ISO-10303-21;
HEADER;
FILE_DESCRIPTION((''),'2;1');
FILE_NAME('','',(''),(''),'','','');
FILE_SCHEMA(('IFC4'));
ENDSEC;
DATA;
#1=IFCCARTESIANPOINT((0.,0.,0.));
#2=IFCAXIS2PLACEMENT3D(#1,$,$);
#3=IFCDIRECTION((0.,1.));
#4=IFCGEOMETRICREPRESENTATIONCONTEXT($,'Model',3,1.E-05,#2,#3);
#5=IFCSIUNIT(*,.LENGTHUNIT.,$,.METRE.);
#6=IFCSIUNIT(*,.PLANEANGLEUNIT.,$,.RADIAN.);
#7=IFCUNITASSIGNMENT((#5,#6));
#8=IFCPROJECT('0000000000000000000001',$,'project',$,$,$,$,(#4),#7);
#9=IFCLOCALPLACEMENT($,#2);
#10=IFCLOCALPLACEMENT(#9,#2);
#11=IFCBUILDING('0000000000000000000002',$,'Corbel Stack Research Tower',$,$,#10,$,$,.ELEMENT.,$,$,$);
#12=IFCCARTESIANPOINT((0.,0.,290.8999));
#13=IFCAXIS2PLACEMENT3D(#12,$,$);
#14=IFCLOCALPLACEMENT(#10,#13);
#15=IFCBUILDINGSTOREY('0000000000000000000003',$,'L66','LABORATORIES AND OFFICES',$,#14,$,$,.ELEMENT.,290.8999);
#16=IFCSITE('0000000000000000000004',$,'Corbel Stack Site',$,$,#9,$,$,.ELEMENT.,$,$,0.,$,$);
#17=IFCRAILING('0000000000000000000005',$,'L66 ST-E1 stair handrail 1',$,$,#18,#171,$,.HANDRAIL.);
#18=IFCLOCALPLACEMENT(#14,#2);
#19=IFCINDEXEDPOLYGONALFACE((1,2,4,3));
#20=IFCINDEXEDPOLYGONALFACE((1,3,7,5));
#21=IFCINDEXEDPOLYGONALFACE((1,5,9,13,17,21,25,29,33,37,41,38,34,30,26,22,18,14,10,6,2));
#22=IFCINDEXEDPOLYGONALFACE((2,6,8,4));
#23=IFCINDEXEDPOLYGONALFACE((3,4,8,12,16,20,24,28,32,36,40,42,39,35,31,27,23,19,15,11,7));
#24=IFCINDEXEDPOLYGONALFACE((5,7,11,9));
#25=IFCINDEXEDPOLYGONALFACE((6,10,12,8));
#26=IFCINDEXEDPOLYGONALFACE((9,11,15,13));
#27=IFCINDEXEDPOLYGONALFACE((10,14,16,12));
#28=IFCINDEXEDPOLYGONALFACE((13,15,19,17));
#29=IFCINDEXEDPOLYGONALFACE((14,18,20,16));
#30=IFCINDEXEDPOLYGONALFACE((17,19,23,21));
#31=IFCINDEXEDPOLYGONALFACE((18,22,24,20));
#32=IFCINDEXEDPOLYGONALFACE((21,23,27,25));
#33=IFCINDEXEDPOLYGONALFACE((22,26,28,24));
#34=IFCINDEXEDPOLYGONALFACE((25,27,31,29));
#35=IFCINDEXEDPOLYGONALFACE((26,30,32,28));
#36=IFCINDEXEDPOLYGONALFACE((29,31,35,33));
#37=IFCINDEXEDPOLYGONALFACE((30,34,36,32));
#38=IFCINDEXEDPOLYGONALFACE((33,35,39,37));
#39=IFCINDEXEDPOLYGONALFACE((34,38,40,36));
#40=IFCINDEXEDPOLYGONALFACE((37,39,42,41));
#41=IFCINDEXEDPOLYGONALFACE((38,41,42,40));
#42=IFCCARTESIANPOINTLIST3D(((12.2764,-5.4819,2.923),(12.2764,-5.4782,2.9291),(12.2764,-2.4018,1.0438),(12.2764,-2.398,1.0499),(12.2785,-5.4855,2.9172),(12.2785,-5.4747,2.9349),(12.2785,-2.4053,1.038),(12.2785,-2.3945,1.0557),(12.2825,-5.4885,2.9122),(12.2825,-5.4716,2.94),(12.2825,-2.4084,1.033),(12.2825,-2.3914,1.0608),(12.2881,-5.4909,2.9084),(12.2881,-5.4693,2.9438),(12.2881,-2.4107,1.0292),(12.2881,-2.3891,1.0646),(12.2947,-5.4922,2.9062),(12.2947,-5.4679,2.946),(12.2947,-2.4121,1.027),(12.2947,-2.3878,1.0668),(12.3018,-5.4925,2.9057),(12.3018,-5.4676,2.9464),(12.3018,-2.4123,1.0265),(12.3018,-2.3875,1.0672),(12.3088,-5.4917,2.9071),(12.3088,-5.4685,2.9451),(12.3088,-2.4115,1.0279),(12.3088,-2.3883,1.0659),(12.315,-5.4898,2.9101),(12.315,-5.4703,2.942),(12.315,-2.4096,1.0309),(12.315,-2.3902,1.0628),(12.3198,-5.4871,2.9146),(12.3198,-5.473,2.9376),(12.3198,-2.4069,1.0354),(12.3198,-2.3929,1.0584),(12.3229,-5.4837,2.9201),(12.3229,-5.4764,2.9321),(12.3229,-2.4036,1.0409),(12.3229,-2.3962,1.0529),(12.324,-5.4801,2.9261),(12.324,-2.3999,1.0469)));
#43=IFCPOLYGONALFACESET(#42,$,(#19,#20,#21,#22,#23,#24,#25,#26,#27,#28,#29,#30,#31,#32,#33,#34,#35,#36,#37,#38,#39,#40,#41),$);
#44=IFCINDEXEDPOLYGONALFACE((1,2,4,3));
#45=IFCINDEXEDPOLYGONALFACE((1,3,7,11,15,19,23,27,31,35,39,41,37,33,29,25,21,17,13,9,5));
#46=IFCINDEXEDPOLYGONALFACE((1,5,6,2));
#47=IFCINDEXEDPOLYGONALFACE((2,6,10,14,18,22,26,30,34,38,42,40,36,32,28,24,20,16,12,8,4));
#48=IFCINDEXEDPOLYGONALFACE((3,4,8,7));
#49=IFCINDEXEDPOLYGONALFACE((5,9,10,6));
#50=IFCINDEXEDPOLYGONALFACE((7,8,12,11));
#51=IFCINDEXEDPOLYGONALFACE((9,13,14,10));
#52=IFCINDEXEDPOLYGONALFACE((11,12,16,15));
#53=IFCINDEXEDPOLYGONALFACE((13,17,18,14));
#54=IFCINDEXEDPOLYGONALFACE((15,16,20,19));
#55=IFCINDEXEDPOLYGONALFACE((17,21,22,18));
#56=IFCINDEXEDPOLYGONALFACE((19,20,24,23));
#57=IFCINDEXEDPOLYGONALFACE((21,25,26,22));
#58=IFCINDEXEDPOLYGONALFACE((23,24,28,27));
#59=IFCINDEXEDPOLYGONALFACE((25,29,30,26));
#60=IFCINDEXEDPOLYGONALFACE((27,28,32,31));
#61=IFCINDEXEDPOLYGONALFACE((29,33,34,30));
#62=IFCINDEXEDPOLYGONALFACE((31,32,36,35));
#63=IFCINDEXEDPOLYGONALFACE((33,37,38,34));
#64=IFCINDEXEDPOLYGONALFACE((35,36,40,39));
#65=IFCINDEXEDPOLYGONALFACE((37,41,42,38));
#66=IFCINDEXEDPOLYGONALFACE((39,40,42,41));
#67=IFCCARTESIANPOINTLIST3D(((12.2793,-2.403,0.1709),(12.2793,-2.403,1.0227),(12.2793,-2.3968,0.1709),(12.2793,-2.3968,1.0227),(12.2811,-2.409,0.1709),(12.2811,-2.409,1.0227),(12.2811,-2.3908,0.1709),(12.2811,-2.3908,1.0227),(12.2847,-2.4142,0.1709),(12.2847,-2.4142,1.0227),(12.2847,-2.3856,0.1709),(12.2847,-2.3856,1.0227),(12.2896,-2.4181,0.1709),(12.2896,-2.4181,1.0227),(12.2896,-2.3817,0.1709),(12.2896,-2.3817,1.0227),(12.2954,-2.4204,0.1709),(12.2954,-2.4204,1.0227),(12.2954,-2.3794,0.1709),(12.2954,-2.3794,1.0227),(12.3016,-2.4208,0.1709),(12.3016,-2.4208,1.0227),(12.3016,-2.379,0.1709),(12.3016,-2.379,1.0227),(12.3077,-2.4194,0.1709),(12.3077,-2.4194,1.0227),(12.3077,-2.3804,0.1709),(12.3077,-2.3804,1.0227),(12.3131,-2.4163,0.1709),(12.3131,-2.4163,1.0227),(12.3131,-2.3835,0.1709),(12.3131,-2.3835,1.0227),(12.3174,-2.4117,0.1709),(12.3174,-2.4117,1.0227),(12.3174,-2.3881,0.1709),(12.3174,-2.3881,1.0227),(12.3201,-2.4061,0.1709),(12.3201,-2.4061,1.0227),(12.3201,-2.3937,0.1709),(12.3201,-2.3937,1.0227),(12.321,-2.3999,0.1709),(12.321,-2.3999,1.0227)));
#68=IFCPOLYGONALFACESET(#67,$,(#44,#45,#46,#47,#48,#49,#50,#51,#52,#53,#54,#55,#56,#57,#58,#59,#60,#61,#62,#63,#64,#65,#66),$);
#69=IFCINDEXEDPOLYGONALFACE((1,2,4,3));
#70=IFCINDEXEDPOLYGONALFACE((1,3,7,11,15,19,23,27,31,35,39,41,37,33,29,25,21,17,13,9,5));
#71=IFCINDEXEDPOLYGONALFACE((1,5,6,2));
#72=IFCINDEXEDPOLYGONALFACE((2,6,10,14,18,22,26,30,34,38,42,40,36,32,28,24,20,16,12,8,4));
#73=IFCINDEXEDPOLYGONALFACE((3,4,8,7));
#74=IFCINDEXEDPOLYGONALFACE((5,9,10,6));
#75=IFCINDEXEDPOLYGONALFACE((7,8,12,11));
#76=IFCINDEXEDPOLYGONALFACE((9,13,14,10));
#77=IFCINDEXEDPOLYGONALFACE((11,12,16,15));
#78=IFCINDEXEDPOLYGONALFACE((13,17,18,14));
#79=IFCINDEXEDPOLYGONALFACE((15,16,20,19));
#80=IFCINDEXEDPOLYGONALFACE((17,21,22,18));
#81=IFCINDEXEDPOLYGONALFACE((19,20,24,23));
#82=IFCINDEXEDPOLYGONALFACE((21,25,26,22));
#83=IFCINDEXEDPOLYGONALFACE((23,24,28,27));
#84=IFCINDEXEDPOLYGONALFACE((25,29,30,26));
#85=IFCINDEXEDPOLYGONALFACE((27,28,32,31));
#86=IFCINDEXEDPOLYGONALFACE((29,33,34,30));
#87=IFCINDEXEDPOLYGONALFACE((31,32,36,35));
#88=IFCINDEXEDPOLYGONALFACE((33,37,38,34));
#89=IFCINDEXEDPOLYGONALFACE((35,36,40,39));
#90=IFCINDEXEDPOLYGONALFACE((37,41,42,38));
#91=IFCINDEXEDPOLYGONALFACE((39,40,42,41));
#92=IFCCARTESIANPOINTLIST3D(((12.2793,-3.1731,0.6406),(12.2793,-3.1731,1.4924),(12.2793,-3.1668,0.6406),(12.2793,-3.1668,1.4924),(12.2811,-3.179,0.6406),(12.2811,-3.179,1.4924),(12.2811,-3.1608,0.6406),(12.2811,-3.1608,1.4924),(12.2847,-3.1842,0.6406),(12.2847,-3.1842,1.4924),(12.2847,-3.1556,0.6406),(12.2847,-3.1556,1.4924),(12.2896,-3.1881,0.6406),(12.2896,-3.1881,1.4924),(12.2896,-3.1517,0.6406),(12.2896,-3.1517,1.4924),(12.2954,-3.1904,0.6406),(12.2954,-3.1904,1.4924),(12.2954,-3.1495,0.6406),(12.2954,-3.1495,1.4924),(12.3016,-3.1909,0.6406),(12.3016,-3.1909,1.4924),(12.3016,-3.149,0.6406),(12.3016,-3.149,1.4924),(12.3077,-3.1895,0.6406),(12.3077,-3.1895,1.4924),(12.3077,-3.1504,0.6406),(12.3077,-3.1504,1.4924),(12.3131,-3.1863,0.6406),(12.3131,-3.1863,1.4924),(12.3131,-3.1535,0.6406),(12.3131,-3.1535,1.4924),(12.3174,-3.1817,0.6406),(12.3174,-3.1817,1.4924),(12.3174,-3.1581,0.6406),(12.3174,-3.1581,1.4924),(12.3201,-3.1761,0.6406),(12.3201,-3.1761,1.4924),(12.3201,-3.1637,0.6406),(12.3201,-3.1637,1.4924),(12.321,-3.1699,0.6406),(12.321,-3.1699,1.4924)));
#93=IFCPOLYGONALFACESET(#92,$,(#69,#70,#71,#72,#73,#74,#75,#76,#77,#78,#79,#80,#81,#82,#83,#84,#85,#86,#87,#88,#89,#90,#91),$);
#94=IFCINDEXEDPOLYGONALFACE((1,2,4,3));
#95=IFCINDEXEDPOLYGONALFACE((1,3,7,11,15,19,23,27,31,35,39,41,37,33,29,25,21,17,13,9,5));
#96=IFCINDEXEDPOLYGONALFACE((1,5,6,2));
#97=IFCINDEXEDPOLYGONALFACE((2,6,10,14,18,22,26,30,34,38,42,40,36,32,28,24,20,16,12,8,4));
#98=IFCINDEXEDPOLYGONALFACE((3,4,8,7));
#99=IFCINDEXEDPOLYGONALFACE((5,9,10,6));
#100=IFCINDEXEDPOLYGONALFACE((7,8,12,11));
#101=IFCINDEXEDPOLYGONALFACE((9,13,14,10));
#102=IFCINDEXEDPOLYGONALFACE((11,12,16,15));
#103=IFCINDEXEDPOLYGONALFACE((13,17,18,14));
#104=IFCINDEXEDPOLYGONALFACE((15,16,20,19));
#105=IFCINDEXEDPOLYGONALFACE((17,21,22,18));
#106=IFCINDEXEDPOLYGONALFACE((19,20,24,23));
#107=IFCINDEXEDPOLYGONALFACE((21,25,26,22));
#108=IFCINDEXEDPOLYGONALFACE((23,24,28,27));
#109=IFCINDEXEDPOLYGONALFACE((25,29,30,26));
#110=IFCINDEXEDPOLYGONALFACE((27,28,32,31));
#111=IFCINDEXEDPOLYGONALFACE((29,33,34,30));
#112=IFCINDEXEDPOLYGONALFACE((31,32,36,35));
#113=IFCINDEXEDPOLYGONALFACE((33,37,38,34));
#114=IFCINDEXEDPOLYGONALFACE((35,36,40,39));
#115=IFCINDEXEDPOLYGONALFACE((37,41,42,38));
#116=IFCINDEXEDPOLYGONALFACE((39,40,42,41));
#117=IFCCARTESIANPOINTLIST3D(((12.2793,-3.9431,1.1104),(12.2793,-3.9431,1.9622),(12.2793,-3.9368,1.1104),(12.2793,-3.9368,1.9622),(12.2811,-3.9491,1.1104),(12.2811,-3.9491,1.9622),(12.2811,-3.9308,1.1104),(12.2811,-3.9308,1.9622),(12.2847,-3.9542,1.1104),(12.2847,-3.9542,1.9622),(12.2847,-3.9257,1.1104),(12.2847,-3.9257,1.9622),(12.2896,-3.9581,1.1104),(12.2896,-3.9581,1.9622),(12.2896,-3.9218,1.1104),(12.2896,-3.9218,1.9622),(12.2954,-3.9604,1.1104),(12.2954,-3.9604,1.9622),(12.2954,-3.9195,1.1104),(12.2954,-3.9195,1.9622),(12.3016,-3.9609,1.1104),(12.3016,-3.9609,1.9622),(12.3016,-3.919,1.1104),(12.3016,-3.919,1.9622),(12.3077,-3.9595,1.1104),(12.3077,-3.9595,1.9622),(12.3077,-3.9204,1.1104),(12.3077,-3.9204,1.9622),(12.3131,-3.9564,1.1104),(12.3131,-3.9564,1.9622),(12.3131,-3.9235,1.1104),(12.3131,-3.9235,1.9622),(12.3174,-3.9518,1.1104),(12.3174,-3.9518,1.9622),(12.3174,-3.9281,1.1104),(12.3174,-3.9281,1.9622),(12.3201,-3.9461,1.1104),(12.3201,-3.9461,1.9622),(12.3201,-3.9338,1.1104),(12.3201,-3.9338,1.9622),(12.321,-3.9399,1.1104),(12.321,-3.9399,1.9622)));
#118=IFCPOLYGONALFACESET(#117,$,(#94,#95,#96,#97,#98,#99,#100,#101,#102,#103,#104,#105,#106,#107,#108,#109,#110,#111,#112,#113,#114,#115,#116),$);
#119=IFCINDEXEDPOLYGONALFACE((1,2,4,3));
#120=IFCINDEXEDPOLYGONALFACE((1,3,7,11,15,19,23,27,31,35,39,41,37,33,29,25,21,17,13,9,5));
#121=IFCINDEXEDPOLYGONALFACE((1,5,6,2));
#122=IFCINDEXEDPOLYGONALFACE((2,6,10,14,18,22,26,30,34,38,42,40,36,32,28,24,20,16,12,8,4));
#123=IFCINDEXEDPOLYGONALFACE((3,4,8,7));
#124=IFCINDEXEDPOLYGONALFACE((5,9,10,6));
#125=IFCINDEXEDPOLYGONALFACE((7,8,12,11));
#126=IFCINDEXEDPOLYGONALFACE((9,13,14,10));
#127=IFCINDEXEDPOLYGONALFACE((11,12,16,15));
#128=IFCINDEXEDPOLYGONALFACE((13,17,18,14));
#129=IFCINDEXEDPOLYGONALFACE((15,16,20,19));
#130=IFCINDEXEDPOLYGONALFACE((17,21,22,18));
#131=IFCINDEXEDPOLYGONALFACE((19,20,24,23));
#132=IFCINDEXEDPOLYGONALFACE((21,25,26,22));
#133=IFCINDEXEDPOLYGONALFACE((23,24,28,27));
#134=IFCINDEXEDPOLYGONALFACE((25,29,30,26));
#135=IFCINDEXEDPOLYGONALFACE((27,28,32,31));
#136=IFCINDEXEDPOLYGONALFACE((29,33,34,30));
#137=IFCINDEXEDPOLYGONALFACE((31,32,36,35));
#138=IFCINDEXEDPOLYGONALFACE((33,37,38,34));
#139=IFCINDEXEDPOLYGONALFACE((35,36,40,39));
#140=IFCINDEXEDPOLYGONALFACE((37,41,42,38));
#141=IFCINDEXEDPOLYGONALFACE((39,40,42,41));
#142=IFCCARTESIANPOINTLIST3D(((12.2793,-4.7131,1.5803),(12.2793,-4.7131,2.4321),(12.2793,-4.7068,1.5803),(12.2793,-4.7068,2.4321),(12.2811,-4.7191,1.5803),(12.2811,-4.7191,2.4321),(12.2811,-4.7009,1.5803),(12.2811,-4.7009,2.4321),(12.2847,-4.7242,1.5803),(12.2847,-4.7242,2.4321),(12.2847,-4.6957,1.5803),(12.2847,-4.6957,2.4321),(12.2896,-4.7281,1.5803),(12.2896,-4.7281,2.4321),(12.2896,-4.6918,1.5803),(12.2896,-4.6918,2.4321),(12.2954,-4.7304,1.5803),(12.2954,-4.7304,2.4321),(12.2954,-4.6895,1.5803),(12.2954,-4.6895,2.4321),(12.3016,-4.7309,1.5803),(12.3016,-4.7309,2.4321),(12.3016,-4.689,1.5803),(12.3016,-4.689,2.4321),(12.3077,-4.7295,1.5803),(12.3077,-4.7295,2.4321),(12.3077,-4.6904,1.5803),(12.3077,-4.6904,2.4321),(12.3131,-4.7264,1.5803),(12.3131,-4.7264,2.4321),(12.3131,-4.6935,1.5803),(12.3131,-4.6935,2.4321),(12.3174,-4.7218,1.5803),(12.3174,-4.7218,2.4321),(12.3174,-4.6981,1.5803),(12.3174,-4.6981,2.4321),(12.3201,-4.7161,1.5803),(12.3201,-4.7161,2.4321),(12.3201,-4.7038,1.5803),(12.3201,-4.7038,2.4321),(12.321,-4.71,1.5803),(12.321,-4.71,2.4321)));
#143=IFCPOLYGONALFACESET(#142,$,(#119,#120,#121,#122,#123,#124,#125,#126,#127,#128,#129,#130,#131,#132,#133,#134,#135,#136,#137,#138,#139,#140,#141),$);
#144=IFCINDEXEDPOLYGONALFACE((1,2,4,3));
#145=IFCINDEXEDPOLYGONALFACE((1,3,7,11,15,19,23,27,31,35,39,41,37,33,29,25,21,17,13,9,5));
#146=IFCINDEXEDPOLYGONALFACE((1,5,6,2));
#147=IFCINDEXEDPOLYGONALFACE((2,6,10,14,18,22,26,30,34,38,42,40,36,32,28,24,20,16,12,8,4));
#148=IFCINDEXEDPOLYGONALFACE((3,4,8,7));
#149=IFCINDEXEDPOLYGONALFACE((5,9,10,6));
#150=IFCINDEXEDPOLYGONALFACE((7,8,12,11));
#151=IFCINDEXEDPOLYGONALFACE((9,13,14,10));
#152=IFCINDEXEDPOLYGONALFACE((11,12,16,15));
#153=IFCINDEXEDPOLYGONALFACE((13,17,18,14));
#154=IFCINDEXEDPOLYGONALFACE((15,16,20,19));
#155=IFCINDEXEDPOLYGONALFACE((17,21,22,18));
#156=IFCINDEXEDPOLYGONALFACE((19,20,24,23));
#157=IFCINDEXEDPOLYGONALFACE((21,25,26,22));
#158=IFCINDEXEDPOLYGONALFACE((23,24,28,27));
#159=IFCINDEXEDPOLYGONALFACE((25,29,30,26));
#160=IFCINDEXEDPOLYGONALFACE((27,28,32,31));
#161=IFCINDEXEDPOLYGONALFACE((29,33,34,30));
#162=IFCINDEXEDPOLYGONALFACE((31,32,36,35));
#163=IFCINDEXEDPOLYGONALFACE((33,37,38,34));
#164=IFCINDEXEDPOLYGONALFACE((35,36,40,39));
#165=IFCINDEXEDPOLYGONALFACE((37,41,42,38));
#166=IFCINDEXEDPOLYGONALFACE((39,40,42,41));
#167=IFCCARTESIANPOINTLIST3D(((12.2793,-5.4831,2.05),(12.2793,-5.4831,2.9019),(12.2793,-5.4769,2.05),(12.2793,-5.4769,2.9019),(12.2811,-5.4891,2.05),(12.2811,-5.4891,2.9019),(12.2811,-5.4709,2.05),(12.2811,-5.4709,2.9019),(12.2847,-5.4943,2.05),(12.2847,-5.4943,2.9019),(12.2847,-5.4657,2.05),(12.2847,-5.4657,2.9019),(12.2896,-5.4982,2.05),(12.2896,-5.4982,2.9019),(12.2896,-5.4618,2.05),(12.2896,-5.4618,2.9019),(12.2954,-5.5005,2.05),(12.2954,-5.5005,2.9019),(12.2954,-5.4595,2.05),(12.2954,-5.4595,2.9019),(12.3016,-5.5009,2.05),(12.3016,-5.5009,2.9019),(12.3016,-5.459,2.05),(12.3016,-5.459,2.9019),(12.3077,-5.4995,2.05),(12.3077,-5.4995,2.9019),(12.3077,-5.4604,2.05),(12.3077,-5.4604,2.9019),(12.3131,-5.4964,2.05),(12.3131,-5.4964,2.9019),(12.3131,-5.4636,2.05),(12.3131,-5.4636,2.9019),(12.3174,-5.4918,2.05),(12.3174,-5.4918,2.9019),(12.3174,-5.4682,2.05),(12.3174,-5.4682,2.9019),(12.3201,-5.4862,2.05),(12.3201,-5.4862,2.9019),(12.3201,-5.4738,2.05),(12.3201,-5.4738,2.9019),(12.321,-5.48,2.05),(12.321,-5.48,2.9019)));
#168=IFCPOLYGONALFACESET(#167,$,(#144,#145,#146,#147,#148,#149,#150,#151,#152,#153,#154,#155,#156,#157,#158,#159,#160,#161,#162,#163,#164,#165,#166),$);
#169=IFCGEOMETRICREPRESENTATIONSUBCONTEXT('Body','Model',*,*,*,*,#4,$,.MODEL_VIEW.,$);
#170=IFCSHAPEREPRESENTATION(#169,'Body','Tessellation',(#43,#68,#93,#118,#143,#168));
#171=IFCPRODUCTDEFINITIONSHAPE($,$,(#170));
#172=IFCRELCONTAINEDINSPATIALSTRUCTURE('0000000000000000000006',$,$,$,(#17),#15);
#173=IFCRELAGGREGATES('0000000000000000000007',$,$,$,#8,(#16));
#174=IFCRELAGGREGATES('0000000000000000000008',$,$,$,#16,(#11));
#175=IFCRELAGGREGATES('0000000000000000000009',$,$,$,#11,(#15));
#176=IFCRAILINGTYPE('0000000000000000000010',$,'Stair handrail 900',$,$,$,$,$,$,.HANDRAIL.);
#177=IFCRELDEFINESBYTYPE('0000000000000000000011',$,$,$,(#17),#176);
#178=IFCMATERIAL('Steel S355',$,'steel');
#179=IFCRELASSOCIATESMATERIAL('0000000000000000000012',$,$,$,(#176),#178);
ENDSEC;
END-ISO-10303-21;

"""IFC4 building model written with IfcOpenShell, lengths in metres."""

from ifc_helpers import new_model, si_unit, direction, frame, origin, origin_2d, place, context, subcontext, project, spatial, circle, extrude, material, type_object, element, save


model = new_model("IFC4")

# Units and contexts
model_context = context("Model", 3, precision=1e-05, world=origin(), true_north=direction((0.0, 1.0)))
body_context = subcontext(model_context, "Body", "Model", "MODEL_VIEW")
ifc_project = project(units=[si_unit("LENGTHUNIT", "METRE"), si_unit("PLANEANGLEUNIT", "RADIAN")], contexts=[model_context])

# Site, building, storey
site_placement = place(None, origin())
site = spatial("IfcSite", under=ifc_project, at=site_placement, Name="Corbel Stack Site", CompositionType="ELEMENT", RefElevation=0.0)
building_placement = place(site_placement, origin())
building = spatial("IfcBuilding", under=site, at=building_placement, Name="Corbel Stack Research Tower", CompositionType="ELEMENT")
storey_placement = place(building_placement, frame((0.0, 0.0, 290.8999)))
storey = spatial("IfcBuildingStorey", under=building, at=storey_placement, Name="L66", Description="LABORATORIES AND OFFICES", CompositionType="ELEMENT", Elevation=290.8999)

# Railing
ifc_material_1 = material(Name="Steel S355", Category="steel")
railing_type_1 = type_object("IfcRailingType", Name="Stair handrail 900", PredefinedType="HANDRAIL", material=ifc_material_1)
railing_1_placement = place(storey_placement, frame((12.3, -2.3999, 0.1709)))
element("IfcRailing", 1, at=railing_1_placement, inside=storey, type_object=railing_type_1, Name="L66 ST-E1 stair handrail 1", PredefinedType="HANDRAIL", context=body_context, shape_type="SweptSolid", body=[
    extrude(circle(Radius=0.0239, at=origin_2d()), frame((0.0, 0.0, 0.876), z_axis=(0.0, -0.853666, 0.52082), x_axis=(1.0, 0.0, 0.0)), (0.0, 0.0, 1.0), 3.6082),
    extrude(circle(Radius=0.021, at=origin_2d()), origin(), (0.0, 0.0, 1.0), 0.8518),
    extrude(circle(Radius=0.021, at=origin_2d()), frame((0.0, -0.77, 0.4697)), (0.0, 0.0, 1.0), 0.8518),
    extrude(circle(Radius=0.021, at=origin_2d()), frame((0.0, -1.54, 0.9395)), (0.0, 0.0, 1.0), 0.8518),
    extrude(circle(Radius=0.021, at=origin_2d()), frame((0.0, -2.3101, 1.4094)), (0.0, 0.0, 1.0), 0.8518),
    extrude(circle(Radius=0.021, at=origin_2d()), frame((0.0, -3.0801, 1.8792)), (0.0, 0.0, 1.0), 0.8518),
])

save(model, "model.ifc")
